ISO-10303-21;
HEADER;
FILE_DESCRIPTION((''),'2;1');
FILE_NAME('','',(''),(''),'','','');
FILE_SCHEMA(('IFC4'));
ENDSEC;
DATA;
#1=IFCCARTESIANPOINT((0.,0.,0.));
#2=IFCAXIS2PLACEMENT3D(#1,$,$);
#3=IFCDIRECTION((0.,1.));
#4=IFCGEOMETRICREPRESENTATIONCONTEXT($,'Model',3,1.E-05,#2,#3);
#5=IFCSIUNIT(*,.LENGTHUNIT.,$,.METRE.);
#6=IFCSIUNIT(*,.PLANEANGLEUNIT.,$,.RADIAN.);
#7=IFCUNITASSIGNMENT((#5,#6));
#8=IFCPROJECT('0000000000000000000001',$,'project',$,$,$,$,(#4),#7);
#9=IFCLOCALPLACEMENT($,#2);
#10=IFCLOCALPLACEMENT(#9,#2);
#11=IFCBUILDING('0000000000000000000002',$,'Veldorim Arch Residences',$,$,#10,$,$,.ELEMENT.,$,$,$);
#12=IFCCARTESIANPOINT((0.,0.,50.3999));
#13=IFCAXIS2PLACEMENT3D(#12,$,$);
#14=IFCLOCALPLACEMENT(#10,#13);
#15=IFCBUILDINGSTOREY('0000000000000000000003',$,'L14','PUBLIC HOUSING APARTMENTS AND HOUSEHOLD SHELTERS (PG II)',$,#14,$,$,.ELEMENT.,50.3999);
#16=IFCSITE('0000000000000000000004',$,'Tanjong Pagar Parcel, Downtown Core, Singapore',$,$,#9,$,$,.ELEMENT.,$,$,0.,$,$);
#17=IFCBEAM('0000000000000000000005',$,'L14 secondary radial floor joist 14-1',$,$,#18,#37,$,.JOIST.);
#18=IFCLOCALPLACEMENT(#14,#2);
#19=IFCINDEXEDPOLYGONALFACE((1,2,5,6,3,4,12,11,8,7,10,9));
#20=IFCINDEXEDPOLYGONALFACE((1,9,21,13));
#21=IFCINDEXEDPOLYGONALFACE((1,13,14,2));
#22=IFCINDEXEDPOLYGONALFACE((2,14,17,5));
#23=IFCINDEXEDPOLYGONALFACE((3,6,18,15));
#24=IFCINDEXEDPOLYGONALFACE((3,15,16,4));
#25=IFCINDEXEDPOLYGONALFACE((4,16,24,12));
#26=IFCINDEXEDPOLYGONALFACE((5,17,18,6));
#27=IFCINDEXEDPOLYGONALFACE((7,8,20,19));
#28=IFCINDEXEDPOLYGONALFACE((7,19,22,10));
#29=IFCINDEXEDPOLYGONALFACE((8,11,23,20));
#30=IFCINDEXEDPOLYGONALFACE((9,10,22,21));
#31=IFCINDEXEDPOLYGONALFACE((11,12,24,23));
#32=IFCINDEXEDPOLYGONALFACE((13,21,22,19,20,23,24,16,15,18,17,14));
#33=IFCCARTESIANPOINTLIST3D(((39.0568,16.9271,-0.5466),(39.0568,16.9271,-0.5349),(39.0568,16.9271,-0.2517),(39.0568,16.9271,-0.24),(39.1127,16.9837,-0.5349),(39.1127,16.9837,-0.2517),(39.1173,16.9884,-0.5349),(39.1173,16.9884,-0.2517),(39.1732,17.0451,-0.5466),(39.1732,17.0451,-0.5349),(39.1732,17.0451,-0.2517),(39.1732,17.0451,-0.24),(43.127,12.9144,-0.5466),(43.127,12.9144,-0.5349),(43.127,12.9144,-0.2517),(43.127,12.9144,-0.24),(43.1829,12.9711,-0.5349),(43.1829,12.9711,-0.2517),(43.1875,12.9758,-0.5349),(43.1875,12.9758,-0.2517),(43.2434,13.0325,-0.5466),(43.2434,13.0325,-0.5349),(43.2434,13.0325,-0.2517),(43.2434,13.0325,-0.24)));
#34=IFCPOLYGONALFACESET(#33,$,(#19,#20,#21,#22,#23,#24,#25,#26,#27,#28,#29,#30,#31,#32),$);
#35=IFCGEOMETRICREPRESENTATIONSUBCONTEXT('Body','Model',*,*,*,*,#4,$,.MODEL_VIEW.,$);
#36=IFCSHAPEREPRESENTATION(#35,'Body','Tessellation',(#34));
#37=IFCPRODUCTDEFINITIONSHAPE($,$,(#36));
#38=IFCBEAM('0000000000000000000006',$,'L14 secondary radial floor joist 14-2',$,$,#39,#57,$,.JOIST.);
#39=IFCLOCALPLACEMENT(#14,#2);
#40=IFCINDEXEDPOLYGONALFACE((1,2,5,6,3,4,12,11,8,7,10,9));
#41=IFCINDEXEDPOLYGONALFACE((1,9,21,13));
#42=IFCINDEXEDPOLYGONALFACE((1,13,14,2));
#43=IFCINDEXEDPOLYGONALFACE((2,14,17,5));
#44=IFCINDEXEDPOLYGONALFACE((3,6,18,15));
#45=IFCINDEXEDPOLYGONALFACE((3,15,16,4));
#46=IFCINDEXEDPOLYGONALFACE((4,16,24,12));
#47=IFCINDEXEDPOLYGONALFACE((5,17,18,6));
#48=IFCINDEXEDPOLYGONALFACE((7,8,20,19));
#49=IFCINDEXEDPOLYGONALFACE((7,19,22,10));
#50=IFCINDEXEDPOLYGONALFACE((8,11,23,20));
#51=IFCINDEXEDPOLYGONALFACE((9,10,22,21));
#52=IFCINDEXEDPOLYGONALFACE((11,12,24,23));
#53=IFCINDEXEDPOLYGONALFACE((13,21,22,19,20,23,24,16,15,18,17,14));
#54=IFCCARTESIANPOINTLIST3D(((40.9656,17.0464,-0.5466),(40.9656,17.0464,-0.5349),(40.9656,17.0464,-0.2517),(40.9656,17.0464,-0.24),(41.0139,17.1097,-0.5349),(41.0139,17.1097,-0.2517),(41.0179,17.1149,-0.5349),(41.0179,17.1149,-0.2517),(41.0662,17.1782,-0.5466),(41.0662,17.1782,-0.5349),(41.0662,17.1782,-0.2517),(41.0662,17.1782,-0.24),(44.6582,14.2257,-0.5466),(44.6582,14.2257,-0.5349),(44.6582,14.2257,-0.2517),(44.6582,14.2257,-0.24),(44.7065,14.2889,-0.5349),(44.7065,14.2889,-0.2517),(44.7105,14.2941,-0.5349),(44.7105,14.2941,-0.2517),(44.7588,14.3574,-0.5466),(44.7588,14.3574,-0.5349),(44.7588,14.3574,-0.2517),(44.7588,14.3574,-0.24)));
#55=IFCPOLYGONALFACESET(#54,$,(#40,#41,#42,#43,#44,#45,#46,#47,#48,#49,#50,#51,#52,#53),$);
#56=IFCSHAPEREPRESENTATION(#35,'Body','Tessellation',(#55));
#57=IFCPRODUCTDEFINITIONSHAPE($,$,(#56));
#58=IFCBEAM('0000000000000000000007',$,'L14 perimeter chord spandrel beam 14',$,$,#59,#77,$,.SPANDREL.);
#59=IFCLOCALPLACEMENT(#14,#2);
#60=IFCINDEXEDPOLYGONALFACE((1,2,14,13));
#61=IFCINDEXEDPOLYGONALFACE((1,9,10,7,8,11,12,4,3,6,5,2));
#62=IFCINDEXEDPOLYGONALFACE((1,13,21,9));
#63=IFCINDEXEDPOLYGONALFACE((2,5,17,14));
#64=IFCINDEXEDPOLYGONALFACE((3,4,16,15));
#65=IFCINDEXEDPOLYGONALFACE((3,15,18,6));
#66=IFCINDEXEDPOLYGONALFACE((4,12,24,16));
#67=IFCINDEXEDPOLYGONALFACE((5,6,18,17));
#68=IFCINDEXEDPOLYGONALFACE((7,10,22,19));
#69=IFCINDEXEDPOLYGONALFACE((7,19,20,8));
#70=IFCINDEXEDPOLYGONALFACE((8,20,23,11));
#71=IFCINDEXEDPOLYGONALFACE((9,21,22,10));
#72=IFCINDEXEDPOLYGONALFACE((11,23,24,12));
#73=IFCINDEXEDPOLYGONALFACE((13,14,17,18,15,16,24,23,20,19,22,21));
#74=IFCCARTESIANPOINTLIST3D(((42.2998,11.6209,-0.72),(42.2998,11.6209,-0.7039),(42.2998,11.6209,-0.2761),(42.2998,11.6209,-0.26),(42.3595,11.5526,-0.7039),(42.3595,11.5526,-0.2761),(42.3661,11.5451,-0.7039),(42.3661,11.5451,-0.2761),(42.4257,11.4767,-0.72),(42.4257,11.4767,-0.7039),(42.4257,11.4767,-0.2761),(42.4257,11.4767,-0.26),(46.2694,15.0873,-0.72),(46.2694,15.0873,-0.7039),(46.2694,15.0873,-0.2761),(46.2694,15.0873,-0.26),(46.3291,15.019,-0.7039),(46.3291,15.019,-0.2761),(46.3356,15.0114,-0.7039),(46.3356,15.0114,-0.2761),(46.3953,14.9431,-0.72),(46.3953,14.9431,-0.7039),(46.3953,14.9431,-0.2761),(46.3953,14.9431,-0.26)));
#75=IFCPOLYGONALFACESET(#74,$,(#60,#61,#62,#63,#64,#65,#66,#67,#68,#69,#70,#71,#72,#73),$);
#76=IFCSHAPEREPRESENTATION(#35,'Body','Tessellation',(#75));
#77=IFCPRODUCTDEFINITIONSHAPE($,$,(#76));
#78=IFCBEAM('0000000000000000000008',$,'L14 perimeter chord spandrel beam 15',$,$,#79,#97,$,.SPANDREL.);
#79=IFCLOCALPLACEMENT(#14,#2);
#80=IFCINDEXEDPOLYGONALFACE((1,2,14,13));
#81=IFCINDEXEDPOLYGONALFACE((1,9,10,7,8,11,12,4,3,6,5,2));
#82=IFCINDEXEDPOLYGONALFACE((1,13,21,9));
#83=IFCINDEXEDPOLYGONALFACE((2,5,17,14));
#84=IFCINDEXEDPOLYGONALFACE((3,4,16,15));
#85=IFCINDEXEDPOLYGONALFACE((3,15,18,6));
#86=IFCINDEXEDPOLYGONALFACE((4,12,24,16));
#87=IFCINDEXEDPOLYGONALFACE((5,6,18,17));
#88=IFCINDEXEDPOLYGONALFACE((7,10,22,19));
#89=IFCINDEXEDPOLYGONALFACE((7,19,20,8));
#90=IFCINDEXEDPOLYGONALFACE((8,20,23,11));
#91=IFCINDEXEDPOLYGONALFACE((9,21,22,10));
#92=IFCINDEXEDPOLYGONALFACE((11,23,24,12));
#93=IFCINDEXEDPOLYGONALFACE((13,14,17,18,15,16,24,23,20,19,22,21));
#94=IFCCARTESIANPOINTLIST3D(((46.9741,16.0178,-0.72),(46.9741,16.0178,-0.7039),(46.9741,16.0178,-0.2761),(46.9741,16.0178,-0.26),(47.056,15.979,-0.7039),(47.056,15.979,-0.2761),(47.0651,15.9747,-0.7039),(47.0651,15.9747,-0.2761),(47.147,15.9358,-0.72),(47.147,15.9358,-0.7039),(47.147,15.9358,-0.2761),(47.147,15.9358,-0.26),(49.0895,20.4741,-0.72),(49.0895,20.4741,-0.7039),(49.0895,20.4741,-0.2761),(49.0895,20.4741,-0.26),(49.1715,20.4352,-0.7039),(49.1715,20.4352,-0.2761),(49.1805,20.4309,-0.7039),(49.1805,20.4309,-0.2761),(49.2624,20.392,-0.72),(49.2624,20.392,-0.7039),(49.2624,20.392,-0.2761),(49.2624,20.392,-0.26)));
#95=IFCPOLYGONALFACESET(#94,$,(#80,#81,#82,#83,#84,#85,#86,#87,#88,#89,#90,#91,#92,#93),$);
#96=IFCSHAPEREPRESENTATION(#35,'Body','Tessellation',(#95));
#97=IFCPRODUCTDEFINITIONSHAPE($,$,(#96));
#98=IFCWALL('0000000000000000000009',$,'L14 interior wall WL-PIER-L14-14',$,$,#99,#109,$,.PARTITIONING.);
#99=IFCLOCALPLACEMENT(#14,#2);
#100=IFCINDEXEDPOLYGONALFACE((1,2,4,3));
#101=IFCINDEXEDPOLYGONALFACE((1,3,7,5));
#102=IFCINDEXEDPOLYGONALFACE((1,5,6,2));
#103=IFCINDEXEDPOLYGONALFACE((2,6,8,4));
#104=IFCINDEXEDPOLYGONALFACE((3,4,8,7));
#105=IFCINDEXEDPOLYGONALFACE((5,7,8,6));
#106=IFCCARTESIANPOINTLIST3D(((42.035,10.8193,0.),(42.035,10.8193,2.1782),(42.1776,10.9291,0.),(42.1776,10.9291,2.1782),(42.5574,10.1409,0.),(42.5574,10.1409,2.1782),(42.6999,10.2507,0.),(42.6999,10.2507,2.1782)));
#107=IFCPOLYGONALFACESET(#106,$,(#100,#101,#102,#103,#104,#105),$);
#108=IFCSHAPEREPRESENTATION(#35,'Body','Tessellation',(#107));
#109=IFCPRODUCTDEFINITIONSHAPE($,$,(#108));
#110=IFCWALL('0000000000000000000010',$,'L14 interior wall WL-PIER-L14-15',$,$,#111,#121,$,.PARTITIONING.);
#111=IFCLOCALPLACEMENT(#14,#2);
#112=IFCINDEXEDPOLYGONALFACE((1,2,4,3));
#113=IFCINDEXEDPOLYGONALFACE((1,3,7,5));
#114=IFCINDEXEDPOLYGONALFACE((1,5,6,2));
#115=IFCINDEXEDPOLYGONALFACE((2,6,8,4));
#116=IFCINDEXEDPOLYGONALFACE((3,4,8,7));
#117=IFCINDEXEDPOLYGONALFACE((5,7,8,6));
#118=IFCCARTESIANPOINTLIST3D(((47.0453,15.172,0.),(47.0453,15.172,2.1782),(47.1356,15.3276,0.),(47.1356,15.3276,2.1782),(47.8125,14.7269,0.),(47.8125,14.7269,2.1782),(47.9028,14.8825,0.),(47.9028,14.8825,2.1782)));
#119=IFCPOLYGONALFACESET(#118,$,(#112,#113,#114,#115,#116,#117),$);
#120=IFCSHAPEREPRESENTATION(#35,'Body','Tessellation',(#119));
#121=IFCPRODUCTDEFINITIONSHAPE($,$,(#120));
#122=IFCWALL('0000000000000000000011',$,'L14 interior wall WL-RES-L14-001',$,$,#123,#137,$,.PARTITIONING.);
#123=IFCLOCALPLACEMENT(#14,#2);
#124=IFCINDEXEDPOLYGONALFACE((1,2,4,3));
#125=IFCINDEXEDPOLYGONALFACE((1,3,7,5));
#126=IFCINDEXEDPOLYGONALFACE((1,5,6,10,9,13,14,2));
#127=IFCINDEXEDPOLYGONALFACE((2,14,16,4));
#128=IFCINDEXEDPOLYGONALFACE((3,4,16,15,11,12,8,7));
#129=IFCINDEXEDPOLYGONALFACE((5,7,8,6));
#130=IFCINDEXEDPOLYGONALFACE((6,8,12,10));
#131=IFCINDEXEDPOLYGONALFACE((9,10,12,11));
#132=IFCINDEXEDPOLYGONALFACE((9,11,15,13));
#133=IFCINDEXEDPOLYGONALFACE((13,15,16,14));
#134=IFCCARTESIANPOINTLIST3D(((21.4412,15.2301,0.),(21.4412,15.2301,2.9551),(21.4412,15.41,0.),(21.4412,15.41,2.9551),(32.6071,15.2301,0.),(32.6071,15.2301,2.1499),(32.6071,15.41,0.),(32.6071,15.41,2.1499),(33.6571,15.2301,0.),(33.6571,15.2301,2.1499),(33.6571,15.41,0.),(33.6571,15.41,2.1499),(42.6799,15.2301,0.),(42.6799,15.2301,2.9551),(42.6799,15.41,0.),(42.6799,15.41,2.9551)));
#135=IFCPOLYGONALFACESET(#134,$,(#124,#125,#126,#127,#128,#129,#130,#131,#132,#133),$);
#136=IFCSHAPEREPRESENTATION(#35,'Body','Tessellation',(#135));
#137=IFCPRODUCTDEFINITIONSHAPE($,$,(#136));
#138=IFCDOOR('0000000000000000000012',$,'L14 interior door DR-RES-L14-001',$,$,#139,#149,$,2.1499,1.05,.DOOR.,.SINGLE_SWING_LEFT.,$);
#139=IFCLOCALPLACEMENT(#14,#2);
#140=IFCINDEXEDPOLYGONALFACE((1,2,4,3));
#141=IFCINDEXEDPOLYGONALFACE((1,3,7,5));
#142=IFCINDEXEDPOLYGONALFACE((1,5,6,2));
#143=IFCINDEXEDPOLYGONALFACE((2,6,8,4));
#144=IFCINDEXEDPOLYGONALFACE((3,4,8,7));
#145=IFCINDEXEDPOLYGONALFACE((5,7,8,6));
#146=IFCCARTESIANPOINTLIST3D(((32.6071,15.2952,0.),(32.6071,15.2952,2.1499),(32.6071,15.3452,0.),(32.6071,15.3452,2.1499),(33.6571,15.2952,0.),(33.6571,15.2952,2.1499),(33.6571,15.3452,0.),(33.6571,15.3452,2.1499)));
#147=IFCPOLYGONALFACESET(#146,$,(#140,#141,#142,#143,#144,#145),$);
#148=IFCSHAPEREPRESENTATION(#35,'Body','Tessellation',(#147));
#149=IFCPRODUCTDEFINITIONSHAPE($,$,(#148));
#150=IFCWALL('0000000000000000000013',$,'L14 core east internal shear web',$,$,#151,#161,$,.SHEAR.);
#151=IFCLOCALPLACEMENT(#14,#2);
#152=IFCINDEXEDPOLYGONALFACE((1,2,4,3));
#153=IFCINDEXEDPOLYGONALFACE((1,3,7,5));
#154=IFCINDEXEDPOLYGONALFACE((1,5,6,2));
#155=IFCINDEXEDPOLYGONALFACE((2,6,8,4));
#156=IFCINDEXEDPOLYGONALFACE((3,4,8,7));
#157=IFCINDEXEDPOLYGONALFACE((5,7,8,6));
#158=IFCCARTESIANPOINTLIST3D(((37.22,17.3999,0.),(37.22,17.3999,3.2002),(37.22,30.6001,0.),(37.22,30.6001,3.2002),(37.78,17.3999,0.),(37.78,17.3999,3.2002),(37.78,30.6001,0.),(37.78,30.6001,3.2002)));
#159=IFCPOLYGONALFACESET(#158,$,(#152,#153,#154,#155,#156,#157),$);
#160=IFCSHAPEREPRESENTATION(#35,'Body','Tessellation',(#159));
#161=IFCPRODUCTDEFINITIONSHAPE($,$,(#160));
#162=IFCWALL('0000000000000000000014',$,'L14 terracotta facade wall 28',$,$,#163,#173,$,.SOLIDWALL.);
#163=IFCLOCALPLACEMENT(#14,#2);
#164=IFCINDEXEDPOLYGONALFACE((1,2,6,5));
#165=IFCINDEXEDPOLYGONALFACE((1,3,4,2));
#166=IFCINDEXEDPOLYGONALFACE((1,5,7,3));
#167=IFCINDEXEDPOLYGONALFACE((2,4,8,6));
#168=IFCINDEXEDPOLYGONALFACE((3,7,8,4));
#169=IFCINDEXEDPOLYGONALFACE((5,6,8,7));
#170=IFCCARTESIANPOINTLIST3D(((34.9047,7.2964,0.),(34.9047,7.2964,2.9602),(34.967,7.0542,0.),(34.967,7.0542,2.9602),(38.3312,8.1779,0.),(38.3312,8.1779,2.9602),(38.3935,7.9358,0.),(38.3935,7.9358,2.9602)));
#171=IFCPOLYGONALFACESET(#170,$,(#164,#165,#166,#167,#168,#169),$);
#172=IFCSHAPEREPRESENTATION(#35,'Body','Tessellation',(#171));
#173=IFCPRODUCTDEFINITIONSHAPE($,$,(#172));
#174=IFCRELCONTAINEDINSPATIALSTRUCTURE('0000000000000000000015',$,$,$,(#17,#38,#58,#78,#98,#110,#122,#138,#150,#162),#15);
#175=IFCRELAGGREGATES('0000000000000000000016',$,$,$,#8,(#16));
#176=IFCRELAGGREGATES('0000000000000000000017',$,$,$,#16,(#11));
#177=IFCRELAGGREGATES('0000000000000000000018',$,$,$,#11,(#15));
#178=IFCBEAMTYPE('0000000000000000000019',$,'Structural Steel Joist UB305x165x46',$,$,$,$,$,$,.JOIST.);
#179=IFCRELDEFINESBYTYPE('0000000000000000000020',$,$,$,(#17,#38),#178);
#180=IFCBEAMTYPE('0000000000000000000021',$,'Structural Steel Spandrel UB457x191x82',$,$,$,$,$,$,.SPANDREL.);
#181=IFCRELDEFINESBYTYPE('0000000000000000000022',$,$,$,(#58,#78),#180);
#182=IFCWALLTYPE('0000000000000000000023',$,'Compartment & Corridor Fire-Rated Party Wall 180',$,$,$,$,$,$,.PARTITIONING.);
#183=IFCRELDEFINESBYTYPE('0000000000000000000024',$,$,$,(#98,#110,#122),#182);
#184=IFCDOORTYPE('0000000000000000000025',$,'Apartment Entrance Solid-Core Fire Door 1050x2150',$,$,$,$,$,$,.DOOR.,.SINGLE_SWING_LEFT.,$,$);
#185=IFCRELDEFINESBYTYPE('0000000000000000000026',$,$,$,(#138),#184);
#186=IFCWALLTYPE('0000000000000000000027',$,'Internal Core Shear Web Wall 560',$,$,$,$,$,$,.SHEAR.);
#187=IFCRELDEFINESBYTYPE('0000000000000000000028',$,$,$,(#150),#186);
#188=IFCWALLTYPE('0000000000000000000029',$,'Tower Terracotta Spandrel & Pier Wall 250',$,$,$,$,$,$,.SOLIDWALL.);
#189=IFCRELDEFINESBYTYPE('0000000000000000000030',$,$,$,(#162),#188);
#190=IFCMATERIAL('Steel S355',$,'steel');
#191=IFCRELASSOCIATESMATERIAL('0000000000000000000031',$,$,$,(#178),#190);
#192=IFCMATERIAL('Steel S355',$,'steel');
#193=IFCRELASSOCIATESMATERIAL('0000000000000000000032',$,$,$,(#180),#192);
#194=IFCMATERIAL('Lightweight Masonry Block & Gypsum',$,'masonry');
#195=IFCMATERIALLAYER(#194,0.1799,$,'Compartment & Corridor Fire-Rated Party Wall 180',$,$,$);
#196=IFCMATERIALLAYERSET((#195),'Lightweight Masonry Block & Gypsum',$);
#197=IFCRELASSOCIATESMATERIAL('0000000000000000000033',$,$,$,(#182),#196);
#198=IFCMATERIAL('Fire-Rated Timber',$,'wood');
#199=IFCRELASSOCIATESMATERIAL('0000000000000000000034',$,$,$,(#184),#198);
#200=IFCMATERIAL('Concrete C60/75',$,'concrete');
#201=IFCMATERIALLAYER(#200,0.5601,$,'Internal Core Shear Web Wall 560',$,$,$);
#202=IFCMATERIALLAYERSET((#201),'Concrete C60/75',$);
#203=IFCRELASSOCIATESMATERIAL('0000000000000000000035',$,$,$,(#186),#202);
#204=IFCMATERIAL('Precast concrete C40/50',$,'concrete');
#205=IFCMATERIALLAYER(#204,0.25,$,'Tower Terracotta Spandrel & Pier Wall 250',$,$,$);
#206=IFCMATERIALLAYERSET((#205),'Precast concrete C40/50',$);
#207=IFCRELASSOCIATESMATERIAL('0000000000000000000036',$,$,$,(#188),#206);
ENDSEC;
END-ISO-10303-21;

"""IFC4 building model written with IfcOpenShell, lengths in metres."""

from ifc_helpers import new_model, si_unit, direction, frame, frame_2d, origin, origin_2d, place, context, subcontext, project, spatial, rectangle, i_section, extrude, material, layer, layer_set, material_profile, profile_set, type_object, element, fill, save


model = new_model("IFC4")

# Units and contexts
model_context = context("Model", 3, precision=1e-05, world=origin(), true_north=direction((0.0, 1.0)))
body_context = subcontext(model_context, "Body", "Model", "MODEL_VIEW")
ifc_project = project(units=[si_unit("LENGTHUNIT", "METRE"), si_unit("PLANEANGLEUNIT", "RADIAN")], contexts=[model_context])

# Site, building, storey
site_placement = place(None, origin())
site = spatial("IfcSite", under=ifc_project, at=site_placement, Name="Tanjong Pagar Parcel, Downtown Core, Singapore", CompositionType="ELEMENT", RefElevation=0.0)
building_placement = place(site_placement, origin())
building = spatial("IfcBuilding", under=site, at=building_placement, Name="Veldorim Arch Residences", CompositionType="ELEMENT")
storey_placement = place(building_placement, frame((0.0, 0.0, 50.3999)))
storey = spatial("IfcBuildingStorey", under=building, at=storey_placement, Name="L14", Description="PUBLIC HOUSING APARTMENTS AND HOUSEHOLD SHELTERS (PG II)", CompositionType="ELEMENT", Elevation=50.3999)

# Beams
ifc_material_1 = material(Name="Steel S355", Category="steel")
ifc_material_profile_1 = material_profile(ifc_material_1, i_section(OverallWidth=0.1658, OverallDepth=0.3066, WebThickness=0.0066, FlangeThickness=0.0117, at=origin_2d()), Name="UB305x165x46")
ifc_profile_set_1 = profile_set([ifc_material_profile_1], Name="Steel S355")
beam_type_1 = type_object("IfcBeamType", Name="Structural Steel Joist UB305x165x46", PredefinedType="JOIST", material=ifc_profile_set_1)
beam_1_placement = place(storey_placement, frame((39.115, 16.9861, -0.3933), z_axis=(0.712129, -0.702049, 0.0), x_axis=(0.702049, 0.712129, 0.0)))
element("IfcBeam", 1, at=beam_1_placement, inside=storey, type_object=beam_type_1, Name="L14 secondary radial floor joist 14-1", PredefinedType="JOIST", context=body_context, shape_type="SweptSolid", body=[
    extrude(i_section(OverallWidth=0.1658, OverallDepth=0.3066, WebThickness=0.0066, FlangeThickness=0.0117, at=origin_2d()), origin(), (0.0, 0.0, 1.0), 5.7156),
])
beam_2_placement = place(storey_placement, frame((41.0159, 17.1123, -0.3933), z_axis=(0.794666, -0.607046, 0.0), x_axis=(0.607046, 0.794666, 0.0)))
element("IfcBeam", 2, at=beam_2_placement, inside=storey, type_object=beam_type_1, Name="L14 secondary radial floor joist 14-2", PredefinedType="JOIST", context=body_context, shape_type="SweptSolid", body=[
    extrude(i_section(OverallWidth=0.1658, OverallDepth=0.3066, WebThickness=0.0066, FlangeThickness=0.0117, at=origin_2d()), origin(), (0.0, 0.0, 1.0), 4.6467),
])
ifc_material_2 = material(Name="Steel S355", Category="steel")
ifc_material_profile_2 = material_profile(ifc_material_2, i_section(OverallWidth=0.1914, OverallDepth=0.46, WebThickness=0.01, FlangeThickness=0.0161, at=origin_2d()), Name="UB457x191x82")
ifc_profile_set_2 = profile_set([ifc_material_profile_2], Name="Steel S355")
beam_type_2 = type_object("IfcBeamType", Name="Structural Steel Spandrel UB457x191x82", PredefinedType="SPANDREL", material=ifc_profile_set_2)
beam_3_placement = place(storey_placement, frame((42.3628, 11.5488, -0.49), z_axis=(0.753234, 0.657753, 0.0), x_axis=(-0.657753, 0.753234, 0.0)))
element("IfcBeam", 3, at=beam_3_placement, inside=storey, type_object=beam_type_2, Name="L14 perimeter chord spandrel beam 14", PredefinedType="SPANDREL", context=body_context, shape_type="SweptSolid", body=[
    extrude(i_section(OverallWidth=0.1914, OverallDepth=0.46, WebThickness=0.01, FlangeThickness=0.0161, at=origin_2d()), origin(), (0.0, 0.0, 1.0), 5.27),
])
beam_4_placement = place(storey_placement, frame((47.0605, 15.9768, -0.49), z_axis=(0.428848, 0.903377, 0.0), x_axis=(-0.903377, 0.428848, 0.0)))
element("IfcBeam", 4, at=beam_4_placement, inside=storey, type_object=beam_type_2, Name="L14 perimeter chord spandrel beam 15", PredefinedType="SPANDREL", context=body_context, shape_type="SweptSolid", body=[
    extrude(i_section(OverallWidth=0.1914, OverallDepth=0.46, WebThickness=0.01, FlangeThickness=0.0161, at=origin_2d()), origin(), (0.0, 0.0, 1.0), 4.9329),
])

# Walls
ifc_material_3 = material(Name="Lightweight Masonry Block & Gypsum", Category="masonry")
ifc_layer_1 = layer(ifc_material_3, 0.1799, Name="Compartment & Corridor Fire-Rated Party Wall 180")
ifc_layer_set_1 = layer_set([ifc_layer_1], Name="Lightweight Masonry Block & Gypsum")
wall_type_1 = type_object("IfcWallType", Name="Compartment & Corridor Fire-Rated Party Wall 180", PredefinedType="PARTITIONING", material=ifc_layer_set_1)
wall_1_placement = place(storey_placement, frame((42.1062, 10.8743, 0.0), z_axis=(0.0, 0.0, 1.0), x_axis=(0.610124, -0.792306, 0.0)))
element("IfcWall", 5, at=wall_1_placement, inside=storey, type_object=wall_type_1, Name="L14 interior wall WL-PIER-L14-14", PredefinedType="PARTITIONING", context=body_context, shape_type="SweptSolid", body=[
    extrude(rectangle(XDim=0.8562, YDim=0.1799, at=frame_2d((0.4282, 0.0))), origin(), (0.0, 0.0, 1.0), 2.1782),
])
wall_2_placement = place(storey_placement, frame((47.0906, 15.2498, 0.0), z_axis=(0.0, 0.0, 1.0), x_axis=(0.864955, -0.50185, 0.0)))
element("IfcWall", 6, at=wall_2_placement, inside=storey, type_object=wall_type_1, Name="L14 interior wall WL-PIER-L14-15", PredefinedType="PARTITIONING", context=body_context, shape_type="SweptSolid", body=[
    extrude(rectangle(XDim=0.887, YDim=0.1799, at=frame_2d((0.4434, 0.0))), origin(), (0.0, 0.0, 1.0), 2.1782),
])

# Wall, opening, door
wall_3_placement = place(storey_placement, frame((42.6799, 15.3201, 0.0), z_axis=(0.0, 0.0, 1.0), x_axis=(-1.0, 0.0, 0.0)))
wall_3 = element("IfcWall", 7, at=wall_3_placement, inside=storey, type_object=wall_type_1, Name="L14 interior wall WL-RES-L14-001", PredefinedType="PARTITIONING", context=body_context, shape_type="SweptSolid", body=[
    extrude(rectangle(XDim=21.2388, YDim=0.1799, at=frame_2d((10.6194, 0.0))), origin(), (0.0, 0.0, 1.0), 2.9551),
])
opening_1_placement = place(wall_3_placement, frame((9.0229, 0.0, 0.0)))
opening_1 = element("IfcOpeningElement", 8, at=opening_1_placement, cuts=wall_3, PredefinedType="OPENING", context=body_context, shape_type="SweptSolid", body=[
    extrude(rectangle(XDim=1.05, YDim=2.1499, at=frame_2d((0.5249, 1.075))), frame((0.0, 0.0999, 0.0), z_axis=(0.0, -1.0, 0.0), x_axis=(1.0, 0.0, 0.0)), (0.0, 0.0, 1.0), 0.2),
])
ifc_material_4 = material(Name="Fire-Rated Timber", Category="wood")
door_type_1 = type_object("IfcDoorType", Name="Apartment Entrance Solid-Core Fire Door 1050x2150", OperationType="SINGLE_SWING_LEFT", PredefinedType="DOOR", material=ifc_material_4)
door_1_placement = place(opening_1_placement, origin())
door_1 = element("IfcDoor", 9, at=door_1_placement, inside=storey, type_object=door_type_1, Name="L14 interior door DR-RES-L14-001", OperationType="SINGLE_SWING_LEFT", OverallHeight=2.1499, OverallWidth=1.05, PredefinedType="DOOR", context=body_context, shape_type="SweptSolid", body=[
    extrude(rectangle(XDim=1.05, YDim=2.1499, at=frame_2d((0.5249, 1.075))), frame((0.0, 0.0249, 0.0), z_axis=(0.0, -1.0, 0.0), x_axis=(1.0, 0.0, 0.0)), (0.0, 0.0, 1.0), 0.05),
])
fill(opening_1, door_1)

# Wall
ifc_material_5 = material(Name="Concrete C60/75", Category="concrete")
ifc_layer_2 = layer(ifc_material_5, 0.5601, Name="Internal Core Shear Web Wall 560")
ifc_layer_set_2 = layer_set([ifc_layer_2], Name="Concrete C60/75")
wall_type_2 = type_object("IfcWallType", Name="Internal Core Shear Web Wall 560", PredefinedType="SHEAR", material=ifc_layer_set_2)
wall_4_placement = place(storey_placement, frame((37.5, 17.3999, 0.0), z_axis=(0.0, 0.0, 1.0), x_axis=(0.0, 1.0, 0.0)))
element("IfcWall", 10, at=wall_4_placement, inside=storey, type_object=wall_type_2, Name="L14 core east internal shear web", PredefinedType="SHEAR", context=body_context, shape_type="SweptSolid", body=[
    extrude(rectangle(XDim=13.2002, YDim=0.5601, at=frame_2d((6.6001, 0.0))), origin(), (0.0, 0.0, 1.0), 3.2002),
])

# Wall
ifc_material_6 = material(Name="Precast concrete C40/50", Category="concrete")
ifc_layer_3 = layer(ifc_material_6, 0.25, Name="Tower Terracotta Spandrel & Pier Wall 250")
ifc_layer_set_3 = layer_set([ifc_layer_3], Name="Precast concrete C40/50")
wall_type_3 = type_object("IfcWallType", Name="Tower Terracotta Spandrel & Pier Wall 250", PredefinedType="SOLIDWALL", material=ifc_layer_set_3)
wall_5_placement = place(storey_placement, frame((38.3623, 8.0569, 0.0), z_axis=(0.0, 0.0, 1.0), x_axis=(-0.96846, -0.24917, 0.0)))
element("IfcWall", 11, at=wall_5_placement, inside=storey, type_object=wall_type_3, Name="L14 terracotta facade wall 28", PredefinedType="SOLIDWALL", context=body_context, shape_type="SweptSolid", body=[
    extrude(rectangle(XDim=3.5381, YDim=0.25, at=frame_2d((1.769, 0.0))), origin(), (0.0, 0.0, 1.0), 2.9602),
])

save(model, "model.ifc")
